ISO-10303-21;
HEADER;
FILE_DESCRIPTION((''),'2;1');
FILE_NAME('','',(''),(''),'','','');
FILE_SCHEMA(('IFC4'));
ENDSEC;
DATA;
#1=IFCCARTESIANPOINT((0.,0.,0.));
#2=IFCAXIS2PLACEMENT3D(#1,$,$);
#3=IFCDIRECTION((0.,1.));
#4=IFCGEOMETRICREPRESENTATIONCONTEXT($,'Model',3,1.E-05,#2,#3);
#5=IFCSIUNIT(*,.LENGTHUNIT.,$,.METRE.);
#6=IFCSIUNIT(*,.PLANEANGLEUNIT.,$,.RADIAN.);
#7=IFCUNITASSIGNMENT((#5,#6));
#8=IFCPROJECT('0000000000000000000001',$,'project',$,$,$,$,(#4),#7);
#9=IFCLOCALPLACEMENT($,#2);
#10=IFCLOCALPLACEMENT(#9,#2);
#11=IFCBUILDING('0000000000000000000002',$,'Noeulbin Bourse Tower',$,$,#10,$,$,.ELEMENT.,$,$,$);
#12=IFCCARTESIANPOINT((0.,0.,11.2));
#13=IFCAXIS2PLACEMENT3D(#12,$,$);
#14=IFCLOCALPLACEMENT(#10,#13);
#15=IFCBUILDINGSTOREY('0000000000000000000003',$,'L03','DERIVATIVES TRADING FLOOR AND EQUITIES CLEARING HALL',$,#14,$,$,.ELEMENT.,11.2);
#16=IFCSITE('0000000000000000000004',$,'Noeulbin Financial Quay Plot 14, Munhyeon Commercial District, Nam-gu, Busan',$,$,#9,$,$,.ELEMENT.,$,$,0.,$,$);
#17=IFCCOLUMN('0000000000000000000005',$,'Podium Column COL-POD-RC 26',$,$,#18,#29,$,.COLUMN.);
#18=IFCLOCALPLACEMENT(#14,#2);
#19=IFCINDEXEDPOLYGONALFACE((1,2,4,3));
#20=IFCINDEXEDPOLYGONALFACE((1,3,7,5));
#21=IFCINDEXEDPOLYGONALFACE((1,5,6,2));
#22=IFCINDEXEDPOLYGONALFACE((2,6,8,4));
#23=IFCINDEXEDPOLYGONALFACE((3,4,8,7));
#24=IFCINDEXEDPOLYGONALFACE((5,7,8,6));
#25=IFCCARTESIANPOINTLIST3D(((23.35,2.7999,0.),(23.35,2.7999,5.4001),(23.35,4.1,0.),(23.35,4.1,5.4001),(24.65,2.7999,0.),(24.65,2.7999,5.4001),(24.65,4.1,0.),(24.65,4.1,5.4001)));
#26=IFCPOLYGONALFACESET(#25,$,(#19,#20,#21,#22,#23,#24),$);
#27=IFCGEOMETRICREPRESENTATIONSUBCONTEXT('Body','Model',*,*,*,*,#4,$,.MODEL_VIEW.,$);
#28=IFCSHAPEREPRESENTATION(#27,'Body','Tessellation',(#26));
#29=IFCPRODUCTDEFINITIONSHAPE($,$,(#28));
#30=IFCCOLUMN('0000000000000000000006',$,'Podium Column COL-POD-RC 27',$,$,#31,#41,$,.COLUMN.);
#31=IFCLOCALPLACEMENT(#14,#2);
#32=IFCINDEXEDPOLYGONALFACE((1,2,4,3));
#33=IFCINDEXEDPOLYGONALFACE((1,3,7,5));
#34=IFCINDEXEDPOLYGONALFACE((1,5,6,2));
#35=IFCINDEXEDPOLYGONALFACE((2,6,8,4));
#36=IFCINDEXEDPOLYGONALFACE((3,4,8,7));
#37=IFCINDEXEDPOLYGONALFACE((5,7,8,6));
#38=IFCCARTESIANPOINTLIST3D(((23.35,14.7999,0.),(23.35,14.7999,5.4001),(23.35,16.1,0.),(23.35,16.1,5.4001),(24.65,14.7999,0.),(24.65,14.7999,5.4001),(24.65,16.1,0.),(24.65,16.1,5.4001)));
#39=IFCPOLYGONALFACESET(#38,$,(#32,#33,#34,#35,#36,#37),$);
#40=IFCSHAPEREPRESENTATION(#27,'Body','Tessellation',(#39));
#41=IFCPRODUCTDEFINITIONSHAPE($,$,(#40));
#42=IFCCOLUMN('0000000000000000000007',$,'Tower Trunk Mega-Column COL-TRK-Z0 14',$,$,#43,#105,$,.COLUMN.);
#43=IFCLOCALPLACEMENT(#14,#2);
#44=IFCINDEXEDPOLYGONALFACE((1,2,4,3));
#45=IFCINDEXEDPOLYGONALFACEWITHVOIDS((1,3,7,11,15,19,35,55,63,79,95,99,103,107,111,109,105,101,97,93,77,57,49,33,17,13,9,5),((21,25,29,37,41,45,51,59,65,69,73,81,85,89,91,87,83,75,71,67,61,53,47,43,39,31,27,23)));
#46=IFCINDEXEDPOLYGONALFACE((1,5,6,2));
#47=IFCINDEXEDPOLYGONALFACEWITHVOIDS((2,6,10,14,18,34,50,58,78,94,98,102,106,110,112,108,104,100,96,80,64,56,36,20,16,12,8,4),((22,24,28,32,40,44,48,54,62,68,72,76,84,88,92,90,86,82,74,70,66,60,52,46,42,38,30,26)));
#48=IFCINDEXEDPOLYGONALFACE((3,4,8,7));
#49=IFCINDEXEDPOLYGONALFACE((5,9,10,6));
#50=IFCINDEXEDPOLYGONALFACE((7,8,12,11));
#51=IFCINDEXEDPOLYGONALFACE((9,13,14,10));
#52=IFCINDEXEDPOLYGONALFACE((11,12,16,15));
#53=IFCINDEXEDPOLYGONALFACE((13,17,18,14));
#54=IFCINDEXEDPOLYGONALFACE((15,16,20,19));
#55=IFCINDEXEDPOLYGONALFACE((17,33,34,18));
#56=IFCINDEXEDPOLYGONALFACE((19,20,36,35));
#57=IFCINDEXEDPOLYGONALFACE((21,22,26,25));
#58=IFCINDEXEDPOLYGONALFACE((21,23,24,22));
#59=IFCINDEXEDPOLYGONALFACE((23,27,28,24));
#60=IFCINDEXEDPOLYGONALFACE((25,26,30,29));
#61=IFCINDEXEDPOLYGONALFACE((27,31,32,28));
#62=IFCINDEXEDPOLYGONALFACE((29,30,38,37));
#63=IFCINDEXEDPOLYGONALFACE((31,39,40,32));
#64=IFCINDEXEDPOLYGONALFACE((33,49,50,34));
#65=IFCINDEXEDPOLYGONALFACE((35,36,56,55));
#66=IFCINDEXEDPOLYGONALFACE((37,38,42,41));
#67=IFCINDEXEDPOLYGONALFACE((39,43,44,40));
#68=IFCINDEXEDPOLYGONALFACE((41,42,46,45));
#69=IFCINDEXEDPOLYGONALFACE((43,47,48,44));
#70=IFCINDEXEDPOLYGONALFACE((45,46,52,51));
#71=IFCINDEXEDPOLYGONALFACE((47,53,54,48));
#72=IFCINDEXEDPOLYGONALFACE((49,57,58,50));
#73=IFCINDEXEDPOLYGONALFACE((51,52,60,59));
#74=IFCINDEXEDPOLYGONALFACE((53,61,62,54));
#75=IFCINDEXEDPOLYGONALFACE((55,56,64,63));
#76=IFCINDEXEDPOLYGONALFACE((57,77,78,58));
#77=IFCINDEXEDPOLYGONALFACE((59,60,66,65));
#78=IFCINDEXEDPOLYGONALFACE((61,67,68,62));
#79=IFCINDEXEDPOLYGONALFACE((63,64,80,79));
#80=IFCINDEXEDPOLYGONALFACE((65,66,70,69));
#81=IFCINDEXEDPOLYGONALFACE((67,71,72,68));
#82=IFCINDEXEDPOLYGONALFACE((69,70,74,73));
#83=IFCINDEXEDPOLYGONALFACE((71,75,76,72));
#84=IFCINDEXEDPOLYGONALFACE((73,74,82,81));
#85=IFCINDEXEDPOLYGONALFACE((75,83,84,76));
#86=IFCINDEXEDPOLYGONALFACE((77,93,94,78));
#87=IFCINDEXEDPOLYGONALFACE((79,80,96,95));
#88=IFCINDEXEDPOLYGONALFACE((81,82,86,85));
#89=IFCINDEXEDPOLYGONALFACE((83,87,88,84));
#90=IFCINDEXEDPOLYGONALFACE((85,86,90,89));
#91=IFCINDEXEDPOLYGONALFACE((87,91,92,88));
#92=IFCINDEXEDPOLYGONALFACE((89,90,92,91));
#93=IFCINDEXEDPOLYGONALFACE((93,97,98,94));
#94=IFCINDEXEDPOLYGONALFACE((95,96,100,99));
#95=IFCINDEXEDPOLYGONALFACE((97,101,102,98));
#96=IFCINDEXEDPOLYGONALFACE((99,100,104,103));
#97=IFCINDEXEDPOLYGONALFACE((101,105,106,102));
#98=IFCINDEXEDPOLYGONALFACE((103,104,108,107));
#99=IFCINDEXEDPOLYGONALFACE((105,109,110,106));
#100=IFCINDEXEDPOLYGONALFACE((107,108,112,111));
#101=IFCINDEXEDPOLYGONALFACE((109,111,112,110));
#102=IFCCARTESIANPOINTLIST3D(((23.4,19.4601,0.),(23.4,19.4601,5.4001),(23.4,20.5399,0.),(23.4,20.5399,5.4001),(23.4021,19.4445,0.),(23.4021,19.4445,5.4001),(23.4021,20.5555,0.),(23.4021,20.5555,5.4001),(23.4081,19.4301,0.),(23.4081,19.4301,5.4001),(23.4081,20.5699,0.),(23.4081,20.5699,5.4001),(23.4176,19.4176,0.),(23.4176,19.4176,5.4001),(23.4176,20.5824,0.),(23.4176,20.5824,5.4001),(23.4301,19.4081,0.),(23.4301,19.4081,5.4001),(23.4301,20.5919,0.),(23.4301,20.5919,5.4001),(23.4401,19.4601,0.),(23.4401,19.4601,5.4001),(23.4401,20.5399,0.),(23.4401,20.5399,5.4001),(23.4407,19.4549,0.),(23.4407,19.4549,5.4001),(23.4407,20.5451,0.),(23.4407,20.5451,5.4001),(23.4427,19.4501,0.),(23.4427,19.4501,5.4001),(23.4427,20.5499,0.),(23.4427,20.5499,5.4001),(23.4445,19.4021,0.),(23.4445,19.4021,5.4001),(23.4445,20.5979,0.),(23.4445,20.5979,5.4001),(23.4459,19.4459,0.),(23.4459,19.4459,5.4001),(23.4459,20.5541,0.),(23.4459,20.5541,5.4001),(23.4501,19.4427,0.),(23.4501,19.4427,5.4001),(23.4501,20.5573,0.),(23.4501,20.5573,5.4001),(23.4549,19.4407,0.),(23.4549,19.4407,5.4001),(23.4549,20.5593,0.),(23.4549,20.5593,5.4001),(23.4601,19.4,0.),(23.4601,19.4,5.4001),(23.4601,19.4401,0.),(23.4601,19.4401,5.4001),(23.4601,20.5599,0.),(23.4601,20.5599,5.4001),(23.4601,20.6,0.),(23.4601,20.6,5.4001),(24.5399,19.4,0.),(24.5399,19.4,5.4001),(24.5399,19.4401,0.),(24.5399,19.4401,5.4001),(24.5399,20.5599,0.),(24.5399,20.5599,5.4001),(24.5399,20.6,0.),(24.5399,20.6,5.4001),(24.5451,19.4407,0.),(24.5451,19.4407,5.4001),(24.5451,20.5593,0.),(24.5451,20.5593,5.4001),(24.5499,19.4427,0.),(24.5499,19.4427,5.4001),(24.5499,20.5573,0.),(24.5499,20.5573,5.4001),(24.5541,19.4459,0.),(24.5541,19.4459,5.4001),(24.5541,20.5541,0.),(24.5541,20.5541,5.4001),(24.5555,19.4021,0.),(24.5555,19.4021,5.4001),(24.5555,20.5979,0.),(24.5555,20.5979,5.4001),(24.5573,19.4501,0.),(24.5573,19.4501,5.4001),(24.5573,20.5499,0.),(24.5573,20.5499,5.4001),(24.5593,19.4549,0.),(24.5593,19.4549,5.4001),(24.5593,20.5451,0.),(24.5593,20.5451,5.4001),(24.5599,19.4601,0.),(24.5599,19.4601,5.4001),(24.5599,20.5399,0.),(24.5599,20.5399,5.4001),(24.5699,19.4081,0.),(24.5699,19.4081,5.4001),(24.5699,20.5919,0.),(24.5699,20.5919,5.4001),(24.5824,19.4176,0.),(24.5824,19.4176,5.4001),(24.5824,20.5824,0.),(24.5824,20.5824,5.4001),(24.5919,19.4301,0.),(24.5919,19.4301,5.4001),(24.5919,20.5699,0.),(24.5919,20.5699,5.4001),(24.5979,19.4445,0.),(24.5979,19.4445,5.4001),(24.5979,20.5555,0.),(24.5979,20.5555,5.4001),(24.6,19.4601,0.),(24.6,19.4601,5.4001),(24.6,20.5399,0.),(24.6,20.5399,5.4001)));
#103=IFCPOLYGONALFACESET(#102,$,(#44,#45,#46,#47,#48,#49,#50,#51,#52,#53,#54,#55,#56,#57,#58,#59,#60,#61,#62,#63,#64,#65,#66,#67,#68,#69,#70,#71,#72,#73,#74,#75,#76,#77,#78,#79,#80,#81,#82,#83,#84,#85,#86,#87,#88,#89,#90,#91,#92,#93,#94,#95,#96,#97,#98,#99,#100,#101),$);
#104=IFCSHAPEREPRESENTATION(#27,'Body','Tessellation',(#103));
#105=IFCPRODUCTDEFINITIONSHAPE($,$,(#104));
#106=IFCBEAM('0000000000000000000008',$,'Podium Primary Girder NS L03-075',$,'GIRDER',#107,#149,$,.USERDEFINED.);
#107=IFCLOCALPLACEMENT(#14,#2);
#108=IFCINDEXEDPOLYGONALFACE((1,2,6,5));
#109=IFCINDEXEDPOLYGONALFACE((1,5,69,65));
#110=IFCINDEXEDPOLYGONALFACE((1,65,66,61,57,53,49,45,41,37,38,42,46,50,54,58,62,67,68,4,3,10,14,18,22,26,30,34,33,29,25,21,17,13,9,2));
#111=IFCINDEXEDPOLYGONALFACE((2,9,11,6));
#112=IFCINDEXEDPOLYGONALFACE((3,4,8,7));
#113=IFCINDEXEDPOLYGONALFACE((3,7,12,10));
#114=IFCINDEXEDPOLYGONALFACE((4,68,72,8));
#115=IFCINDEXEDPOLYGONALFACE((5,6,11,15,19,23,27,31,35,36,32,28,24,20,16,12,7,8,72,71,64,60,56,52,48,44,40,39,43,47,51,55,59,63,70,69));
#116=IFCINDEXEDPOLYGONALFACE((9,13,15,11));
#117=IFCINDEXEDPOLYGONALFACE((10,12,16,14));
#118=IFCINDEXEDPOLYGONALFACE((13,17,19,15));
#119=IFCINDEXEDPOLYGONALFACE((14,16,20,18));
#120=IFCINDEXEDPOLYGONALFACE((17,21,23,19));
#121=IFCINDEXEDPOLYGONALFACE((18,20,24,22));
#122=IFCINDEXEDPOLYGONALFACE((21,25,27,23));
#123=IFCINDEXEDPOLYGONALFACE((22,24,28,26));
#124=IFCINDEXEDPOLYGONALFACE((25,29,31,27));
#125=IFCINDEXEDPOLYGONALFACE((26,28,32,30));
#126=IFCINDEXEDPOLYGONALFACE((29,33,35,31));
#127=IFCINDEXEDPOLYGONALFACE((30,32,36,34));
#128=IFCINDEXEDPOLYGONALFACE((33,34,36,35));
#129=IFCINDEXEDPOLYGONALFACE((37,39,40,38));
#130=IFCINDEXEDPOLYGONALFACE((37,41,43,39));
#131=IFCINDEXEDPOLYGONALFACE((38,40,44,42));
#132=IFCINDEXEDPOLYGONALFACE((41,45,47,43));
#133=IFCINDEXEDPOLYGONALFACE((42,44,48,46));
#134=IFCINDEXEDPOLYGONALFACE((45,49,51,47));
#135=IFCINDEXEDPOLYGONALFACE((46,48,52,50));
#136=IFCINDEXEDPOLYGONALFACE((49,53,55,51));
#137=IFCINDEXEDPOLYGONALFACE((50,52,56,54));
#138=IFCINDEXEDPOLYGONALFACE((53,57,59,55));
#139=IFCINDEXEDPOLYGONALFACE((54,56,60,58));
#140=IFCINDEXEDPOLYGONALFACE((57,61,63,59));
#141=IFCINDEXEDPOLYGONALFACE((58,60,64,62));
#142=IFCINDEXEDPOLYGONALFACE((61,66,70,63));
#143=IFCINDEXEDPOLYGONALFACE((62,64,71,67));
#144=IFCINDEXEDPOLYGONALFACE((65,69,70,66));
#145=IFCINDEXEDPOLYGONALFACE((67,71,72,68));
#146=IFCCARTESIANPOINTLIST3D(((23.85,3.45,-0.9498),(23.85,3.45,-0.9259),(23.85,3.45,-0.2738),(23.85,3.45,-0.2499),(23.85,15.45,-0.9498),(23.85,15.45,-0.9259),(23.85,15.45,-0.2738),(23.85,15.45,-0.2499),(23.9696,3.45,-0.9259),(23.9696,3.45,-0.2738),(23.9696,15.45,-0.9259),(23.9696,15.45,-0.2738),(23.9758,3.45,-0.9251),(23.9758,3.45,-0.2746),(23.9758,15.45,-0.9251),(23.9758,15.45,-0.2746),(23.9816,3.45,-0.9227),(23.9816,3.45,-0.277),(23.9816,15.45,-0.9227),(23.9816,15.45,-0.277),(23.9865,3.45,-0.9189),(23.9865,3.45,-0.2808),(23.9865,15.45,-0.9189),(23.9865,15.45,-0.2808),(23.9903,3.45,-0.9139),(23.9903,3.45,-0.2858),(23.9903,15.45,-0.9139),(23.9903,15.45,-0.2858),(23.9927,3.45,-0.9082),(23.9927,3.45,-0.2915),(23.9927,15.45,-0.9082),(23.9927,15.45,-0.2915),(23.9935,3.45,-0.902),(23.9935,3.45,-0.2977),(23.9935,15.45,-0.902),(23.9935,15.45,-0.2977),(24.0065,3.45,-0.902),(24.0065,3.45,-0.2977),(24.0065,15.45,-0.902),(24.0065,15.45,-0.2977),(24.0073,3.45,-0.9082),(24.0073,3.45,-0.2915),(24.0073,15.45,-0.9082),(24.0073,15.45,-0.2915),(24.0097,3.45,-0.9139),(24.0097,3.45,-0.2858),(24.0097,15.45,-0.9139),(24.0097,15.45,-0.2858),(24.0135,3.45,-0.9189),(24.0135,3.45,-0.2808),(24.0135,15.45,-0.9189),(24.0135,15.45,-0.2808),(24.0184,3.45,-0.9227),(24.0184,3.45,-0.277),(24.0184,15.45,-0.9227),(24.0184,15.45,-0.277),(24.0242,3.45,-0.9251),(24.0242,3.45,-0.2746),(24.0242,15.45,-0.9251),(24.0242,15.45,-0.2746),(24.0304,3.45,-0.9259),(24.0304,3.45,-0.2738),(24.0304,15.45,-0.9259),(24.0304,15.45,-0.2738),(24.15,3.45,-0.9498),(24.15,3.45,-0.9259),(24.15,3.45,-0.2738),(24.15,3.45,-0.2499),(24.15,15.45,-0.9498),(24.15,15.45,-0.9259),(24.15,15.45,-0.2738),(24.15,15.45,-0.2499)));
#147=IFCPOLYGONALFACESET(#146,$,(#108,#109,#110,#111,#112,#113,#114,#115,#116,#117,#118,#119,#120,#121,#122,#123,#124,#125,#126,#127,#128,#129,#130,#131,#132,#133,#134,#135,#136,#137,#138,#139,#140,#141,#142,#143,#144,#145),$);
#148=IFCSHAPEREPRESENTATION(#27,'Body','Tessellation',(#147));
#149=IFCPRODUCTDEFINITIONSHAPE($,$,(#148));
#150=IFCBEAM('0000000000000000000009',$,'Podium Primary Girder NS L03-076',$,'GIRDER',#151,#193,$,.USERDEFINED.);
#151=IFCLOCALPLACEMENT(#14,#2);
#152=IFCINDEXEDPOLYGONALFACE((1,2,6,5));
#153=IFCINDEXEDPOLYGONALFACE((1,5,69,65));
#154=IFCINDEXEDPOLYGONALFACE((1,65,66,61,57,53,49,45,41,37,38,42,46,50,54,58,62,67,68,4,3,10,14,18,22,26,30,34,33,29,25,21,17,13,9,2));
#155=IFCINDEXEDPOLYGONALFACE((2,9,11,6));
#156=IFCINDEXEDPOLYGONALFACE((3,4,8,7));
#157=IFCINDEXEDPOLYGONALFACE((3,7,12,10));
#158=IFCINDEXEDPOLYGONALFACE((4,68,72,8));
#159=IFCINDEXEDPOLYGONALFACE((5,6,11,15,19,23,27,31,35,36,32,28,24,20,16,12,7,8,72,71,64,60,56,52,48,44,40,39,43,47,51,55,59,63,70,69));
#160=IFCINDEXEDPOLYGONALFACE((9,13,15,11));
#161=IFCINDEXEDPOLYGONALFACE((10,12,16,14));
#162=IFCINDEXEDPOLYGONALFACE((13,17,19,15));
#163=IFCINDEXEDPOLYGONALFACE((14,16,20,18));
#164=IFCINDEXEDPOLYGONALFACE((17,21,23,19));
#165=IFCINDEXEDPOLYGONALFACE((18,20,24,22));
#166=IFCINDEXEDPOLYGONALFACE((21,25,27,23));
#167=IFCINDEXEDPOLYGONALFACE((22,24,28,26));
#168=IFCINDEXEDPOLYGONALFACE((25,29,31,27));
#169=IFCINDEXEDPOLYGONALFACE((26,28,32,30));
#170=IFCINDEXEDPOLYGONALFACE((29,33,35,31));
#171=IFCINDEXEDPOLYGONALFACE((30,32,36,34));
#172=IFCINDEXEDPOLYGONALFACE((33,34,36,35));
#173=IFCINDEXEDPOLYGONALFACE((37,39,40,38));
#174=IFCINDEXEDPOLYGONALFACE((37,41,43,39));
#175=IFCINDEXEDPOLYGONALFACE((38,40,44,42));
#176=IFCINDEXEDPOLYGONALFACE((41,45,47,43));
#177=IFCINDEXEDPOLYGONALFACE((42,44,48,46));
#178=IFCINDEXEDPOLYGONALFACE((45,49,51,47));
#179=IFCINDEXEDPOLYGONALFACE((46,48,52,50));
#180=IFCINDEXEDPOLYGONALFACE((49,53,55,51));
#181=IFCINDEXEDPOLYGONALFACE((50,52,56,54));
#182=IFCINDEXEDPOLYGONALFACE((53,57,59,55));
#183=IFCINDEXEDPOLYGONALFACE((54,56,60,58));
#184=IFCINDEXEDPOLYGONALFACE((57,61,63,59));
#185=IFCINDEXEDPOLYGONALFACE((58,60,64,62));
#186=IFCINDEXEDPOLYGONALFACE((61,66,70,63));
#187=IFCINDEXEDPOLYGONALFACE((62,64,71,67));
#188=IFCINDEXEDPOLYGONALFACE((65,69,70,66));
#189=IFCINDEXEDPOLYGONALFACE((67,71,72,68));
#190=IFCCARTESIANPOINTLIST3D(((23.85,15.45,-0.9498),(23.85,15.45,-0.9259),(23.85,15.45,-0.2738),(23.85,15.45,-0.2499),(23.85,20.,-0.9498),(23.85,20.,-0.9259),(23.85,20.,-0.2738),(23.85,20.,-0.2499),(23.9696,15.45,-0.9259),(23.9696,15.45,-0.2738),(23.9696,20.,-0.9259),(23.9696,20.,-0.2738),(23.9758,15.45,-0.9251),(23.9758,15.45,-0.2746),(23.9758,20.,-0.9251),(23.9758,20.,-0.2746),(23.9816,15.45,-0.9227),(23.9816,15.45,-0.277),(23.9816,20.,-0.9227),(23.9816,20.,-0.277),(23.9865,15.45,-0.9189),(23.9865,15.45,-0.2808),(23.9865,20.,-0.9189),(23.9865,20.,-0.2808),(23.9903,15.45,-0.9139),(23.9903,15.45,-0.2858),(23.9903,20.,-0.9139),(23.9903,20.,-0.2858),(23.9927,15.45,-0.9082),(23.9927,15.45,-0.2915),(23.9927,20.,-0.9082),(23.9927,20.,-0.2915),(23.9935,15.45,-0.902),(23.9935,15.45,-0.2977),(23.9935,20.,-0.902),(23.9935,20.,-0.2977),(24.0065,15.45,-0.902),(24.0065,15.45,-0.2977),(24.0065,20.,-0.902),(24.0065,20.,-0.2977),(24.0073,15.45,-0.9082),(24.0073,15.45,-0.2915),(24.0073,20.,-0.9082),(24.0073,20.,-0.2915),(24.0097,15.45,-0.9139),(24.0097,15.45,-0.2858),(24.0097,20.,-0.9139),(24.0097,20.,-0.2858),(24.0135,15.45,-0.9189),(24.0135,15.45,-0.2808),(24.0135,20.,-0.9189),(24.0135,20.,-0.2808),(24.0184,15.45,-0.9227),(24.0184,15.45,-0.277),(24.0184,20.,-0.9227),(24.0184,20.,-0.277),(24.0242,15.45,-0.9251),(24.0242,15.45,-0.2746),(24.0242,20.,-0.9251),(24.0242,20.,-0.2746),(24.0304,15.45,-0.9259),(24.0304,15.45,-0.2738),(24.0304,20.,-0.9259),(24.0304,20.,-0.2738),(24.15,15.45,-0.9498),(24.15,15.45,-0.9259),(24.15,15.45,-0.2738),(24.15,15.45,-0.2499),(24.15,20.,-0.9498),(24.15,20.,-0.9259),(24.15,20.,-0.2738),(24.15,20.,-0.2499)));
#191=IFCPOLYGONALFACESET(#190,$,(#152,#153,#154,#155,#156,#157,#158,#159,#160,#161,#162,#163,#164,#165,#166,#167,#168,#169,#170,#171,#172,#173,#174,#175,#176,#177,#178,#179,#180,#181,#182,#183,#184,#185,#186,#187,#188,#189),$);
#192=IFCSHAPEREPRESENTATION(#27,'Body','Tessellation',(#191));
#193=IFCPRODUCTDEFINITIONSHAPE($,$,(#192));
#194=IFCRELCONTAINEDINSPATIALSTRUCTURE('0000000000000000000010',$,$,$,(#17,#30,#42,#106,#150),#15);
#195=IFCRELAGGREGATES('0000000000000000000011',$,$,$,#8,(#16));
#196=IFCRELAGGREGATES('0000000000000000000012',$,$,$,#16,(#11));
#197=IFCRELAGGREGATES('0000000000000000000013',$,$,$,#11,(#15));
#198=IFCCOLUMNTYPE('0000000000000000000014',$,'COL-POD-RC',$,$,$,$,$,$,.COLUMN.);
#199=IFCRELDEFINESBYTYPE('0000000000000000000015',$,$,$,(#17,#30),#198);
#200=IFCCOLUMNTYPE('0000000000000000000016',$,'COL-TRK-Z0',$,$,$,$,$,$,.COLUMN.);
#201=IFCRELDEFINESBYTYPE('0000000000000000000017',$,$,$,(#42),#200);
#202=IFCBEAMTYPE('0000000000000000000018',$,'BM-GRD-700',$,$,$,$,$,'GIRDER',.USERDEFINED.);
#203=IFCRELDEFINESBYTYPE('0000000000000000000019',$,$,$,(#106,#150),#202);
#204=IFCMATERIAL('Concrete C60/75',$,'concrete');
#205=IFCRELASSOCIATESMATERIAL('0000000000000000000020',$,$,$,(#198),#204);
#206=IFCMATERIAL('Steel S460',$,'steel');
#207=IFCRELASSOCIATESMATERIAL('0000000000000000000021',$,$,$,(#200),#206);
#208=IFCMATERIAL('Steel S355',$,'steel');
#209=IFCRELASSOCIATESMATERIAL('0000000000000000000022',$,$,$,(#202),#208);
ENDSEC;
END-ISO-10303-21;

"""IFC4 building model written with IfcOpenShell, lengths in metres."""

from ifc_helpers import new_model, si_unit, direction, frame, origin, origin_2d, place, context, subcontext, project, spatial, rectangle, hollow_rectangle, i_section, extrude, material, material_profile, profile_set, type_object, element, save


model = new_model("IFC4")

# Units and contexts
model_context = context("Model", 3, precision=1e-05, world=origin(), true_north=direction((0.0, 1.0)))
body_context = subcontext(model_context, "Body", "Model", "MODEL_VIEW")
ifc_project = project(units=[si_unit("LENGTHUNIT", "METRE"), si_unit("PLANEANGLEUNIT", "RADIAN")], contexts=[model_context])

# Site, building, storey
site_placement = place(None, origin())
site = spatial("IfcSite", under=ifc_project, at=site_placement, Name="Noeulbin Financial Quay Plot 14, Munhyeon Commercial District, Nam-gu, Busan", CompositionType="ELEMENT", RefElevation=0.0)
building_placement = place(site_placement, origin())
building = spatial("IfcBuilding", under=site, at=building_placement, Name="Noeulbin Bourse Tower", CompositionType="ELEMENT")
storey_placement = place(building_placement, frame((0.0, 0.0, 11.2)))
storey = spatial("IfcBuildingStorey", under=building, at=storey_placement, Name="L03", Description="DERIVATIVES TRADING FLOOR AND EQUITIES CLEARING HALL", CompositionType="ELEMENT", Elevation=11.2)

# Columns
ifc_material_1 = material(Name="Concrete C60/75", Category="concrete")
ifc_material_profile_1 = material_profile(ifc_material_1, rectangle(XDim=1.3, YDim=1.3, at=origin_2d()), Name="RC-COL-1300x1300", Category="LoadBearing")
ifc_profile_set_1 = profile_set([ifc_material_profile_1], Name="Concrete C60/75")
column_type_1 = type_object("IfcColumnType", Name="COL-POD-RC", PredefinedType="COLUMN", material=ifc_profile_set_1)
for number, where, z_axis, x_axis, name in (
    (1, (24.0, 3.45, 0.0), (0.0, 0.0, 1.0), (1.0, 0.0, 0.0), "Podium Column COL-POD-RC 26"),
    (2, (24.0, 15.45, 0.0), (0.0, 0.0, 1.0), (1.0, 0.0, 0.0), "Podium Column COL-POD-RC 27"),
):
    element("IfcColumn", number, at=place(storey_placement, frame(where, z_axis=z_axis, x_axis=x_axis)), inside=storey, type_object=column_type_1, Name=name, PredefinedType="COLUMN", context=body_context, shape_type="SweptSolid", body=[
        extrude(rectangle(XDim=1.3, YDim=1.3, at=origin_2d()), origin(), (0.0, 0.0, 1.0), 5.4001),
    ])
ifc_material_2 = material(Name="Steel S460", Category="steel")
ifc_material_profile_2 = material_profile(ifc_material_2, hollow_rectangle(XDim=1.2, YDim=1.2, WallThickness=0.04, InnerFilletRadius=0.02, OuterFilletRadius=0.0601, at=origin_2d()), Name="BOX-1200x1200x40", Category="LoadBearing")
ifc_profile_set_2 = profile_set([ifc_material_profile_2], Name="Steel S460")
column_type_2 = type_object("IfcColumnType", Name="COL-TRK-Z0", PredefinedType="COLUMN", material=ifc_profile_set_2)
column_placement = place(storey_placement, frame((24.0, 20.0, 0.0), z_axis=(0.0, 0.0, 1.0), x_axis=(1.0, 0.0, 0.0)))
element("IfcColumn", 3, at=column_placement, inside=storey, type_object=column_type_2, Name="Tower Trunk Mega-Column COL-TRK-Z0 14", PredefinedType="COLUMN", context=body_context, shape_type="SweptSolid", body=[
    extrude(hollow_rectangle(XDim=1.2, YDim=1.2, WallThickness=0.04, InnerFilletRadius=0.02, OuterFilletRadius=0.0601, at=origin_2d()), origin(), (0.0, 0.0, 1.0), 5.4001),
])

# Beams
ifc_material_3 = material(Name="Steel S355", Category="steel")
ifc_material_profile_3 = material_profile(ifc_material_3, i_section(OverallWidth=0.3, OverallDepth=0.7, WebThickness=0.0129, FlangeThickness=0.0239, FilletRadius=0.0239, at=origin_2d()), Name="H-700x300x13x24", Category="LoadBearing")
ifc_profile_set_3 = profile_set([ifc_material_profile_3], Name="Steel S355")
beam_type_1 = type_object("IfcBeamType", Name="BM-GRD-700", ElementType="GIRDER", PredefinedType="USERDEFINED", material=ifc_profile_set_3)
beam_1_placement = place(storey_placement, frame((24.0, 3.45, -0.5999), z_axis=(0.0, 1.0, 0.0), x_axis=(-1.0, 0.0, 0.0)))
element("IfcBeam", 4, at=beam_1_placement, inside=storey, type_object=beam_type_1, Name="Podium Primary Girder NS L03-075", ObjectType="GIRDER", PredefinedType="USERDEFINED", context=body_context, shape_type="SweptSolid", body=[
    extrude(i_section(OverallWidth=0.3, OverallDepth=0.7, WebThickness=0.0129, FlangeThickness=0.0239, FilletRadius=0.0239, at=origin_2d()), origin(), (0.0, 0.0, 1.0), 12.0),
])
beam_2_placement = place(storey_placement, frame((24.0, 15.45, -0.5999), z_axis=(0.0, 1.0, 0.0), x_axis=(-1.0, 0.0, 0.0)))
element("IfcBeam", 5, at=beam_2_placement, inside=storey, type_object=beam_type_1, Name="Podium Primary Girder NS L03-076", ObjectType="GIRDER", PredefinedType="USERDEFINED", context=body_context, shape_type="SweptSolid", body=[
    extrude(i_section(OverallWidth=0.3, OverallDepth=0.7, WebThickness=0.0129, FlangeThickness=0.0239, FilletRadius=0.0239, at=origin_2d()), origin(), (0.0, 0.0, 1.0), 4.55),
])

save(model, "model.ifc")
